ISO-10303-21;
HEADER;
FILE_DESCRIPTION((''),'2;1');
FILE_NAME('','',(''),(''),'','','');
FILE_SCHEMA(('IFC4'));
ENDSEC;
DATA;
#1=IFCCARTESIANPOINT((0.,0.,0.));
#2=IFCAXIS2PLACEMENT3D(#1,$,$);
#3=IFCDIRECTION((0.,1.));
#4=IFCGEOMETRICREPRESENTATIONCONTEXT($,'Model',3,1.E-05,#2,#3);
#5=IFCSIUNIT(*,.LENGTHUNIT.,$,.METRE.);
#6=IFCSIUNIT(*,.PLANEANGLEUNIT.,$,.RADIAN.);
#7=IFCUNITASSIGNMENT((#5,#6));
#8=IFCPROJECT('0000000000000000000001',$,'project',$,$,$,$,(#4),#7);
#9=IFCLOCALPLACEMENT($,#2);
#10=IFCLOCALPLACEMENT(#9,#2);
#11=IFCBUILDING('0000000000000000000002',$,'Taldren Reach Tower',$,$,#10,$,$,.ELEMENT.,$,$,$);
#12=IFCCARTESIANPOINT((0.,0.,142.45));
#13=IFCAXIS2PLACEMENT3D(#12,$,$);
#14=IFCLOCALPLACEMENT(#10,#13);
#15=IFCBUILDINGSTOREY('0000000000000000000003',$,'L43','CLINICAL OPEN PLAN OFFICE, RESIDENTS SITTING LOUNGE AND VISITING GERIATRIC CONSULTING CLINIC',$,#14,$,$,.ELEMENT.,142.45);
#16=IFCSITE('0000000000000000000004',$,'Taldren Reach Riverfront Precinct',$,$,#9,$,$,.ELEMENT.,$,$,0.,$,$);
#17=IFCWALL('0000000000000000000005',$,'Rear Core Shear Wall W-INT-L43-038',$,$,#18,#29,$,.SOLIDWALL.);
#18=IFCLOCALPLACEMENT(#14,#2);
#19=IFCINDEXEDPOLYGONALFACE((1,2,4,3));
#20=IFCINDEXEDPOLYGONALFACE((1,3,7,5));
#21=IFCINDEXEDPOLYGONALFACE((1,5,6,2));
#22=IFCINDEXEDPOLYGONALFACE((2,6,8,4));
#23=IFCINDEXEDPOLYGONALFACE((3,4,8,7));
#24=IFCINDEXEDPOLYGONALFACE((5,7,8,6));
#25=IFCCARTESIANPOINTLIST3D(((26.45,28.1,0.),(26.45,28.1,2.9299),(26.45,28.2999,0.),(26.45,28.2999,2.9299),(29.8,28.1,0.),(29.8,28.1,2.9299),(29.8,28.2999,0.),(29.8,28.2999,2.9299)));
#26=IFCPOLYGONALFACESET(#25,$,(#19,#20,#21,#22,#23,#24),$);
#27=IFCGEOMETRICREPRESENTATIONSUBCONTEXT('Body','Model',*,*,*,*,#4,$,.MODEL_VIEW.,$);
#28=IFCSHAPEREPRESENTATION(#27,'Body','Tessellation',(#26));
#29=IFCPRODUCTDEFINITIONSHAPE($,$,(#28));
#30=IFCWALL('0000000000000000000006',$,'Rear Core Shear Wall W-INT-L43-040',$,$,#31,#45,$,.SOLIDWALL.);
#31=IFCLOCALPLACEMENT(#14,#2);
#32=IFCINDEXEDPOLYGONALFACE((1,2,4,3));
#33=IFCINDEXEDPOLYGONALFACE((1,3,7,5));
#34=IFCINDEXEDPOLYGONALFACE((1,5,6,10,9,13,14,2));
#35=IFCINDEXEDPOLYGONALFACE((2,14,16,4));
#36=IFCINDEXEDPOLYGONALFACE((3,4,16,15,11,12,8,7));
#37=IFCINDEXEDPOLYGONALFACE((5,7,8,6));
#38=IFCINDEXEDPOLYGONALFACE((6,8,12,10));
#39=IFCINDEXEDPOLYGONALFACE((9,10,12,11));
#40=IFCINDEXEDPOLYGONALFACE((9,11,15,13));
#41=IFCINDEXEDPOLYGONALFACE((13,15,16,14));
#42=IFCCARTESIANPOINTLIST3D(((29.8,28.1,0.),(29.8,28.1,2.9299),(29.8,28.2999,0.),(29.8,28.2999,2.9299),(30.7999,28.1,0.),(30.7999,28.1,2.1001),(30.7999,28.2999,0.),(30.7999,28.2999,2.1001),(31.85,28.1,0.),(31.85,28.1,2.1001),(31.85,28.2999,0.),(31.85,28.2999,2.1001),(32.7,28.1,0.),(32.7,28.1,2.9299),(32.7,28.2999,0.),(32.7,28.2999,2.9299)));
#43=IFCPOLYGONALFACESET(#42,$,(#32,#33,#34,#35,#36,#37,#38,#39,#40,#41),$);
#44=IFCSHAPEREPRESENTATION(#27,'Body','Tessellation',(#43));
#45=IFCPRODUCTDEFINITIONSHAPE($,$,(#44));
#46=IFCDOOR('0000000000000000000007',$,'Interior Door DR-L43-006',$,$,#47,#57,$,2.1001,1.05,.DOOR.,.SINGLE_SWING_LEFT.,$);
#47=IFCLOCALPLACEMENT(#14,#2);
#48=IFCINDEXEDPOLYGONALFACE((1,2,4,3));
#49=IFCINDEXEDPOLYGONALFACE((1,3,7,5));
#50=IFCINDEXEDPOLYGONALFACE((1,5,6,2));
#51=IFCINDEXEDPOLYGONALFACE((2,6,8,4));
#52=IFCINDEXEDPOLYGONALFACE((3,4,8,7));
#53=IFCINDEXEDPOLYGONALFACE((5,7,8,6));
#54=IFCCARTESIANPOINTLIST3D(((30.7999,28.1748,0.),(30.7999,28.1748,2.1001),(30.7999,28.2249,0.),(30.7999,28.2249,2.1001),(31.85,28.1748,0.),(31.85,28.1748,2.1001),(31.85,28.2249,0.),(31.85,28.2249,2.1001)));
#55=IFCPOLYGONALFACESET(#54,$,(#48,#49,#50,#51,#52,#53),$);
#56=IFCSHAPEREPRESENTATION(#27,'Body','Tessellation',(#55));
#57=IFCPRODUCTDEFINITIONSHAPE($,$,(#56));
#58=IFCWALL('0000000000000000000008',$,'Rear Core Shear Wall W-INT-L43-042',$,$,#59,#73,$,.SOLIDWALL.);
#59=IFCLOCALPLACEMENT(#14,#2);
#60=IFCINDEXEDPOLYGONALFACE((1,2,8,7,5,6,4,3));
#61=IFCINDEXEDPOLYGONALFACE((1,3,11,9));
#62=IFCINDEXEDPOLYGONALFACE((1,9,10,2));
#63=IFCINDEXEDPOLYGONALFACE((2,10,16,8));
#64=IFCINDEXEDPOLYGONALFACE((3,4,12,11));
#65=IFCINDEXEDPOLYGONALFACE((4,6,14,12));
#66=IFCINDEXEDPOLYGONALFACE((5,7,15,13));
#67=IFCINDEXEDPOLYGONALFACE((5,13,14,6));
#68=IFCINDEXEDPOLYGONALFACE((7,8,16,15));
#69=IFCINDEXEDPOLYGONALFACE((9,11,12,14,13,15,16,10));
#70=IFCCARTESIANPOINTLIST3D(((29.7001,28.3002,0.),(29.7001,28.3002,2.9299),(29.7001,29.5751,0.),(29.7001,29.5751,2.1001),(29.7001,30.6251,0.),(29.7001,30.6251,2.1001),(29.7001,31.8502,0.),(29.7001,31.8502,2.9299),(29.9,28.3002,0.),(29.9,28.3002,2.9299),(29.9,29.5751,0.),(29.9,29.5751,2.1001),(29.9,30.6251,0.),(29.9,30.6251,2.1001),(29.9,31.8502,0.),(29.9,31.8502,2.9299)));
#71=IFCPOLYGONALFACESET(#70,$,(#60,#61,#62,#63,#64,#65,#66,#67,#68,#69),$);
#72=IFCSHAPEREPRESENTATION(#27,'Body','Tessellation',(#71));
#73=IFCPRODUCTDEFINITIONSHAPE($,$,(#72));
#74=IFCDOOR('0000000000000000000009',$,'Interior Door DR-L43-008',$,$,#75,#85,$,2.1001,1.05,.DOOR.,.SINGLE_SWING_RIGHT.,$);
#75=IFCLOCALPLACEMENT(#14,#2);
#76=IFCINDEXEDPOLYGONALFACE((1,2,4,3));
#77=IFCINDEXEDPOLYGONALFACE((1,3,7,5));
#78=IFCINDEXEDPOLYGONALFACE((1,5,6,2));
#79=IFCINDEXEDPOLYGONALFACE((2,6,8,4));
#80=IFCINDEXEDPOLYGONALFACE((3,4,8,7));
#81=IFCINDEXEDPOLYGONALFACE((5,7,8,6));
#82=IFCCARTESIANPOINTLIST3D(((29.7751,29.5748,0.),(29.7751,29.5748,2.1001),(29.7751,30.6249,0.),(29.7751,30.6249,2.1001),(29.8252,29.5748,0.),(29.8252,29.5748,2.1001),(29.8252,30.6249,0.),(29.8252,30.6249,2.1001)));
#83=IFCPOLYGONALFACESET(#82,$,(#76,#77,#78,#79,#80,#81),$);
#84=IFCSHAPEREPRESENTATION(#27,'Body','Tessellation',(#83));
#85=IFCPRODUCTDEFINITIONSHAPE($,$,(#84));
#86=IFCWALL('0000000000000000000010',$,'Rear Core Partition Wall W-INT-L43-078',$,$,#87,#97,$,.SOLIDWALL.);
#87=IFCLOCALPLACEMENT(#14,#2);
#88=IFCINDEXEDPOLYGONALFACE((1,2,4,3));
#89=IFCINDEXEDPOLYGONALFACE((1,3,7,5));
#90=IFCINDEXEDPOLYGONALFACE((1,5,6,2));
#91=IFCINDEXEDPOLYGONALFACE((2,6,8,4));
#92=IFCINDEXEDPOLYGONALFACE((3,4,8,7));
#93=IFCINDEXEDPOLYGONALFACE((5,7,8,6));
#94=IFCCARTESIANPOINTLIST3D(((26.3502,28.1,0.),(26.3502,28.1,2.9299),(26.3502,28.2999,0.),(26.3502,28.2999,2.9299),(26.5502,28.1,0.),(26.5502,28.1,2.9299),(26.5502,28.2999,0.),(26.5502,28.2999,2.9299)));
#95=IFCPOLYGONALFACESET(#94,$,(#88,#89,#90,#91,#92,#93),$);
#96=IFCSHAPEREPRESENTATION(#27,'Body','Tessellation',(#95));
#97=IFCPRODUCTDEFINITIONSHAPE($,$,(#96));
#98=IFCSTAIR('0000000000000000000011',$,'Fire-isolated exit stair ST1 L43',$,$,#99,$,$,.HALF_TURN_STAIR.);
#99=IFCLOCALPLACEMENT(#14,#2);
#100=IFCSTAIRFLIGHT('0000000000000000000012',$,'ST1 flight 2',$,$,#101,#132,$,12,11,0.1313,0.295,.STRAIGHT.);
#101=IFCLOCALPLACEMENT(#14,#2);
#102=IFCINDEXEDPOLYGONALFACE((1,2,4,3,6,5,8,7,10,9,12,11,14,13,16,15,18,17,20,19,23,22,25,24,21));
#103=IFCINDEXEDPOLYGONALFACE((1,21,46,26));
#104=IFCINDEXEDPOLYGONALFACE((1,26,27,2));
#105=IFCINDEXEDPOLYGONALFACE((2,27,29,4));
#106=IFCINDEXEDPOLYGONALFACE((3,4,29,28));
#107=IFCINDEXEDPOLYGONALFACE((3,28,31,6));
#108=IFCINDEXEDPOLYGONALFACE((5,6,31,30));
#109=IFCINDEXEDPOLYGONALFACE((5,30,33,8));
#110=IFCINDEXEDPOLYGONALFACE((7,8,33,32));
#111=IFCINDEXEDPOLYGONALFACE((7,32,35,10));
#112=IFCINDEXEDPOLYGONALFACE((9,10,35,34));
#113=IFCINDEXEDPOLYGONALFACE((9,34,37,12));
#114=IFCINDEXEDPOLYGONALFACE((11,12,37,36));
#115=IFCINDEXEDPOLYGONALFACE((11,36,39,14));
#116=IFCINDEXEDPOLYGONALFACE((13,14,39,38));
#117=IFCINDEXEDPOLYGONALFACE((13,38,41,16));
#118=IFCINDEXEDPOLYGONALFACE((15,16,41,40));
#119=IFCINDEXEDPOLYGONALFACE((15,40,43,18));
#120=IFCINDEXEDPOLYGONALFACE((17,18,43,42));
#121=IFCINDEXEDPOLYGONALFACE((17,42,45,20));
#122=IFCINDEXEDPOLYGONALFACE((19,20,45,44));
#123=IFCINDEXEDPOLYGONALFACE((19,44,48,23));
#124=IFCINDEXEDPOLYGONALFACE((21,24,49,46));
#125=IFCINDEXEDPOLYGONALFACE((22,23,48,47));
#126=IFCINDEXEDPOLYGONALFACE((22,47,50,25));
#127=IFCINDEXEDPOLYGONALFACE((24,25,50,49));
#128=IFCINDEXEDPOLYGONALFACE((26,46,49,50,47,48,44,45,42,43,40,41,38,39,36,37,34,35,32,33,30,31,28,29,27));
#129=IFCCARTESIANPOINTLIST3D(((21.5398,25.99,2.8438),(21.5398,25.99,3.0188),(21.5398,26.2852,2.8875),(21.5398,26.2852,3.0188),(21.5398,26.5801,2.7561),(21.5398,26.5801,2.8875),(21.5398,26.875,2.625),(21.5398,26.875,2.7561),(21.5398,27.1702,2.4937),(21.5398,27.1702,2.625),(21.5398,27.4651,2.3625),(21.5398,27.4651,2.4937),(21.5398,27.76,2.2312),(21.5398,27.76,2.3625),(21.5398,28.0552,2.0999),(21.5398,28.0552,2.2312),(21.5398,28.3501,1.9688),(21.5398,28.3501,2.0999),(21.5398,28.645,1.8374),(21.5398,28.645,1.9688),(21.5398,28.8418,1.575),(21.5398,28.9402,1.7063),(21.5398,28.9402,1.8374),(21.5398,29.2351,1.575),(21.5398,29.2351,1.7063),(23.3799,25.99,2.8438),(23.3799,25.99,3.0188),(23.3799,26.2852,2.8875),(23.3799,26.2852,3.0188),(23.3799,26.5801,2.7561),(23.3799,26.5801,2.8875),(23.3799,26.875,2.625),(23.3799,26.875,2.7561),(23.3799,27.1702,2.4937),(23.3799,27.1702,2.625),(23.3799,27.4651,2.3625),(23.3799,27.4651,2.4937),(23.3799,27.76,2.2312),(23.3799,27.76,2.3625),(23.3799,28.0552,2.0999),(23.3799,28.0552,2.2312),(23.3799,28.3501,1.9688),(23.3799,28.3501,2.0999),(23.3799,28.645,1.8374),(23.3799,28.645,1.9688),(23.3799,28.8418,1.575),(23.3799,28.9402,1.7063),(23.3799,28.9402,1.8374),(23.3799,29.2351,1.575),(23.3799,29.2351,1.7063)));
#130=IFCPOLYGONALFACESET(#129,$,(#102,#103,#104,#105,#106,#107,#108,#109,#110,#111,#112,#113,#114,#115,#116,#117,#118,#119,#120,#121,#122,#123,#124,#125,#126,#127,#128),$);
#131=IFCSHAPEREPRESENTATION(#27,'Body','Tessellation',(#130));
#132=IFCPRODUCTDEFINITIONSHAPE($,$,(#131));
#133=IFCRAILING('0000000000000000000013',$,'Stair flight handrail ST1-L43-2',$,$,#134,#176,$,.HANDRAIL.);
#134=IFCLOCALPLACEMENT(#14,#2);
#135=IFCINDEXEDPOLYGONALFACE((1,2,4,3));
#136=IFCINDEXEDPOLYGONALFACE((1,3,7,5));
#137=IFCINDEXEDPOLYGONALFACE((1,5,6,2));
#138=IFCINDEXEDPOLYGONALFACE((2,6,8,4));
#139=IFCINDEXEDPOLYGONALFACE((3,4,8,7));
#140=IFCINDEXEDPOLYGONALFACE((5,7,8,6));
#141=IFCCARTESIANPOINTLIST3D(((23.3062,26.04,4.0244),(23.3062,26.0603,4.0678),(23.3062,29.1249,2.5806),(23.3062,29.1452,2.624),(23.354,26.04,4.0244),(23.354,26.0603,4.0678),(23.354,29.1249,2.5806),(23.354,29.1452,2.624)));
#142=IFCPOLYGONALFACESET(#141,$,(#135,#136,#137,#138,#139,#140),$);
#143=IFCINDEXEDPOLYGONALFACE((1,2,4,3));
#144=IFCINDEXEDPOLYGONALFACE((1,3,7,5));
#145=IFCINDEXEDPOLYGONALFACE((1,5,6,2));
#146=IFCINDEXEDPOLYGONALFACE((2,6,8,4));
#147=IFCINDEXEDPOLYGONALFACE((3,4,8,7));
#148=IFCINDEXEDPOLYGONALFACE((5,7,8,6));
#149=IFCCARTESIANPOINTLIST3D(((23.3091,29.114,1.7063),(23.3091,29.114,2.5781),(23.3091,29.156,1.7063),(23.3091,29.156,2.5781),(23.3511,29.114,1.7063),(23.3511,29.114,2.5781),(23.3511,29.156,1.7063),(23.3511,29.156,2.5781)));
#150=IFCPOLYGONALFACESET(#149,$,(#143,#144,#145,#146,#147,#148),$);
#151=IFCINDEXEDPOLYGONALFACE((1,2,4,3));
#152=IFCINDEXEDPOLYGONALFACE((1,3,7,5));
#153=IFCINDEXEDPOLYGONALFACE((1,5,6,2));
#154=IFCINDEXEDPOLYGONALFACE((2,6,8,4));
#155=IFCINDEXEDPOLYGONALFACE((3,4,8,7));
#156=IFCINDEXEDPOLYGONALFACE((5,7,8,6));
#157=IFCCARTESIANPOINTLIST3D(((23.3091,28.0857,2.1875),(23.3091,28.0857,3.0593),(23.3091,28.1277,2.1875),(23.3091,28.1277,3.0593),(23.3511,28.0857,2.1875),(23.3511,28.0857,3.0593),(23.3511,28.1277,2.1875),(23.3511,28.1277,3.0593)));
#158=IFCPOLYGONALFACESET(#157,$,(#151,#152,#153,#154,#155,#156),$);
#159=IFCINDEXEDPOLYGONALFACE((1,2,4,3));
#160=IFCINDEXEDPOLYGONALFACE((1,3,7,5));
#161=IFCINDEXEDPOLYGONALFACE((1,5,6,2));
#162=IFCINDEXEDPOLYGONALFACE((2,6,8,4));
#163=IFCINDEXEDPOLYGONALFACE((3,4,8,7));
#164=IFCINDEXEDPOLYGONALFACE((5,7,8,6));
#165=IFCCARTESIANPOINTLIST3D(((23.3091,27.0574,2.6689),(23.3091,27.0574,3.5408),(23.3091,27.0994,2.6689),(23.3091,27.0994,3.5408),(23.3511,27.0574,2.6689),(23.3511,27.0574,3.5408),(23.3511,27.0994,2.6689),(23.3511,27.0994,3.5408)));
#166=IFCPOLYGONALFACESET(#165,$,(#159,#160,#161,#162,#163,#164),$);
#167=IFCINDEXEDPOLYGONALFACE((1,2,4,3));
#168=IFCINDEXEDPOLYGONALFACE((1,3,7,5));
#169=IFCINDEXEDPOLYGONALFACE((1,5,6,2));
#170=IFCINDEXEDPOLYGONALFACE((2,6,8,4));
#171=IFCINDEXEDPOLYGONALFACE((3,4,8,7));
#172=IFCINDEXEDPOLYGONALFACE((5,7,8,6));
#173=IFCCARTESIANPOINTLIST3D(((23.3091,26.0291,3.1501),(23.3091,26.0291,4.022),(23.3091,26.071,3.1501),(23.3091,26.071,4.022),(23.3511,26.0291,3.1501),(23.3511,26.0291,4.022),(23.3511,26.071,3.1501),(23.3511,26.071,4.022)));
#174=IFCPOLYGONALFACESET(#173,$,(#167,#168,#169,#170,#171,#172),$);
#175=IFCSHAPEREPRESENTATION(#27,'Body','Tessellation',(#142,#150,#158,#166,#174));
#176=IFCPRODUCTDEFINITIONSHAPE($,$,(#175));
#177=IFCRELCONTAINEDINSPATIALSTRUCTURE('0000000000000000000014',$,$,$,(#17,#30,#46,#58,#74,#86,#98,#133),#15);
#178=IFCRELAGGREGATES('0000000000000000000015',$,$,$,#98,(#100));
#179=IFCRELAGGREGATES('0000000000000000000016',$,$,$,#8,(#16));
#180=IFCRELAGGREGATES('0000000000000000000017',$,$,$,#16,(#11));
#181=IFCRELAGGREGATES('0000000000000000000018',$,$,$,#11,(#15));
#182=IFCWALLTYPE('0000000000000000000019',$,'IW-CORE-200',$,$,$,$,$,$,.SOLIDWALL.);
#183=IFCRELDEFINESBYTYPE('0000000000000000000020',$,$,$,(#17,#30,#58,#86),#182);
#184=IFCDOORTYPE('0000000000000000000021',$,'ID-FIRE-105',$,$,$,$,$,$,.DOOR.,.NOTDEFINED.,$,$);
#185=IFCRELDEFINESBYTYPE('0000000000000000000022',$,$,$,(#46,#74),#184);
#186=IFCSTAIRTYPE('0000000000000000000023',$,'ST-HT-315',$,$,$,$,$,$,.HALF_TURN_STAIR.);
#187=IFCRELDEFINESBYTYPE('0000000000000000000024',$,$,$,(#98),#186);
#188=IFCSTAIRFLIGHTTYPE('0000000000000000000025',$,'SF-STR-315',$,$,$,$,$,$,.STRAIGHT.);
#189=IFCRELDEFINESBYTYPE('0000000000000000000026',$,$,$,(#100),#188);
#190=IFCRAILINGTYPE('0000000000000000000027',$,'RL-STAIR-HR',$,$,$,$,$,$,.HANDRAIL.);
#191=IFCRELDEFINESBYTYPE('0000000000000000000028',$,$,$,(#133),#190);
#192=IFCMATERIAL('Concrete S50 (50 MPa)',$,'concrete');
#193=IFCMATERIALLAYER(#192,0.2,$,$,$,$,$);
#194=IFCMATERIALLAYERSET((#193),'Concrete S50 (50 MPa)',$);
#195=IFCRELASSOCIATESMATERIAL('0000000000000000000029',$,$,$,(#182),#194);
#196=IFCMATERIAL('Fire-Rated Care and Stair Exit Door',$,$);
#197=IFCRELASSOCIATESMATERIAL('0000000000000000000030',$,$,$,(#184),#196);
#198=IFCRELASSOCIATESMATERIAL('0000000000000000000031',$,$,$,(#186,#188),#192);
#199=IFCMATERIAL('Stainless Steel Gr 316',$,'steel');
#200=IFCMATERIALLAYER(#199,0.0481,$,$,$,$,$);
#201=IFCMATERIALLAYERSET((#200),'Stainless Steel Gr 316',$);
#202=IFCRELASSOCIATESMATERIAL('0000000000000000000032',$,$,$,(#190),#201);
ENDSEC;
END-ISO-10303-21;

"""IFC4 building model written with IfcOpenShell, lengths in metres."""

from ifc_helpers import new_model, si_unit, direction, frame, frame_2d, origin, origin_2d, place, context, subcontext, project, spatial, polyline, rectangle, outline, extrude, source, transform, mapped, material, layer, layer_set, type_object, element, fill, aggregate, save


model = new_model("IFC4")

# Units and contexts
model_context = context("Model", 3, precision=1e-05, world=origin(), true_north=direction((0.0, 1.0)))
body_context = subcontext(model_context, "Body", "Model", "MODEL_VIEW")
ifc_project = project(units=[si_unit("LENGTHUNIT", "METRE"), si_unit("PLANEANGLEUNIT", "RADIAN")], contexts=[model_context])

# Site, building, storey
site_placement = place(None, origin())
site = spatial("IfcSite", under=ifc_project, at=site_placement, Name="Taldren Reach Riverfront Precinct", CompositionType="ELEMENT", RefElevation=0.0)
building_placement = place(site_placement, origin())
building = spatial("IfcBuilding", under=site, at=building_placement, Name="Taldren Reach Tower", CompositionType="ELEMENT")
storey_placement = place(building_placement, frame((0.0, 0.0, 142.45)))
storey = spatial("IfcBuildingStorey", under=building, at=storey_placement, Name="L43", Description="CLINICAL OPEN PLAN OFFICE, RESIDENTS SITTING LOUNGE AND VISITING GERIATRIC CONSULTING CLINIC", CompositionType="ELEMENT", Elevation=142.45)

# Wall
ifc_material_1 = material(Name="Concrete S50 (50 MPa)", Category="concrete")
ifc_layer_1 = layer(ifc_material_1, 0.2)
ifc_layer_set_1 = layer_set([ifc_layer_1], Name="Concrete S50 (50 MPa)")
wall_type_1 = type_object("IfcWallType", Name="IW-CORE-200", PredefinedType="SOLIDWALL", material=ifc_layer_set_1)
shared_shape_1 = source(origin(), body_context, "Body", "SweptSolid", [
    extrude(rectangle(XDim=3.3501, YDim=0.2, at=frame_2d((1.675, 0.0))), origin(), (0.0, 0.0, 1.0), 2.9299),
])
wall_1_placement = place(storey_placement, frame((26.45, 28.2, 0.0), z_axis=(0.0, 0.0, 1.0), x_axis=(1.0, 0.0, 0.0)))
element("IfcWall", 1, at=wall_1_placement, inside=storey, type_object=wall_type_1, Name="Rear Core Shear Wall W-INT-L43-038", PredefinedType="SOLIDWALL", context=body_context, shape_type="MappedRepresentation", body=[
    mapped(shared_shape_1, transform((0.0, 0.0, 0.0), scale=1.0)),
])

# Walls, openings, doors
shared_shape_2 = source(origin(), body_context, "Body", "SweptSolid", [
    extrude(rectangle(XDim=2.8999, YDim=0.2, at=frame_2d((1.45, 0.0))), origin(), (0.0, 0.0, 1.0), 2.9299),
])
wall_2_placement = place(storey_placement, frame((29.8, 28.2, 0.0), z_axis=(0.0, 0.0, 1.0), x_axis=(1.0, 0.0, 0.0)))
wall_2 = element("IfcWall", 2, at=wall_2_placement, inside=storey, type_object=wall_type_1, Name="Rear Core Shear Wall W-INT-L43-040", PredefinedType="SOLIDWALL", context=body_context, shape_type="MappedRepresentation", body=[
    mapped(shared_shape_2, transform((0.0, 0.0, 0.0), scale=1.0)),
])
shared_shape_3 = source(origin(), body_context, "Body", "SweptSolid", [
    extrude(rectangle(XDim=1.05, YDim=2.1001, at=frame_2d((0.5249, 1.05))), frame((0.0, 0.1099, 0.0), z_axis=(0.0, -1.0, 0.0), x_axis=(1.0, 0.0, 0.0)), (0.0, 0.0, 1.0), 0.22),
])
opening_1_placement = place(wall_2_placement, frame((1.0, 0.0, 0.0)))
opening_1 = element("IfcOpeningElement", 3, at=opening_1_placement, cuts=wall_2, PredefinedType="OPENING", context=body_context, shape_type="MappedRepresentation", body=[
    mapped(shared_shape_3, transform((0.0, 0.0, 0.0), scale=1.0)),
])
ifc_material_2 = material(Name="Fire-Rated Care and Stair Exit Door")
door_type_1 = type_object("IfcDoorType", Name="ID-FIRE-105", OperationType="NOTDEFINED", PredefinedType="DOOR", material=ifc_material_2)
shared_shape_4 = source(origin(), body_context, "Body", "SweptSolid", [
    extrude(rectangle(XDim=1.05, YDim=2.1001, at=frame_2d((0.5249, 1.05))), frame((0.0, 0.0249, 0.0), z_axis=(0.0, -1.0, 0.0), x_axis=(1.0, 0.0, 0.0)), (0.0, 0.0, 1.0), 0.05),
])
door_1_placement = place(opening_1_placement, origin())
door_1 = element("IfcDoor", 4, at=door_1_placement, inside=storey, type_object=door_type_1, Name="Interior Door DR-L43-006", OperationType="SINGLE_SWING_LEFT", OverallHeight=2.1001, OverallWidth=1.05, PredefinedType="DOOR", context=body_context, shape_type="MappedRepresentation", body=[
    mapped(shared_shape_4, transform((0.0, 0.0, 0.0), scale=1.0)),
])
fill(opening_1, door_1)
shared_shape_5 = source(origin(), body_context, "Body", "SweptSolid", [
    extrude(rectangle(XDim=3.55, YDim=0.2, at=frame_2d((1.7749, 0.0))), origin(), (0.0, 0.0, 1.0), 2.9299),
])
wall_3_placement = place(storey_placement, frame((29.8, 31.8501, 0.0), z_axis=(0.0, 0.0, 1.0), x_axis=(0.0, -1.0, 0.0)))
wall_3 = element("IfcWall", 5, at=wall_3_placement, inside=storey, type_object=wall_type_1, Name="Rear Core Shear Wall W-INT-L43-042", PredefinedType="SOLIDWALL", context=body_context, shape_type="MappedRepresentation", body=[
    mapped(shared_shape_5, transform((0.0, 0.0, 0.0), scale=1.0)),
])
opening_2_placement = place(wall_3_placement, frame((1.2251, 0.0, 0.0)))
opening_2 = element("IfcOpeningElement", 6, at=opening_2_placement, cuts=wall_3, PredefinedType="OPENING", context=body_context, shape_type="MappedRepresentation", body=[
    mapped(shared_shape_3, transform((0.0, 0.0, 0.0), scale=1.0)),
])
door_2_placement = place(opening_2_placement, frame((1.05, 0.0, 0.0), z_axis=(0.0, 0.0, 1.0), x_axis=(-1.0, 0.0, 0.0)))
door_2 = element("IfcDoor", 7, at=door_2_placement, inside=storey, type_object=door_type_1, Name="Interior Door DR-L43-008", OperationType="SINGLE_SWING_RIGHT", OverallHeight=2.1001, OverallWidth=1.05, PredefinedType="DOOR", context=body_context, shape_type="MappedRepresentation", body=[
    mapped(shared_shape_4, transform((0.0, 0.0, 0.0), scale=1.0)),
])
fill(opening_2, door_2)

# Wall
shared_shape_6 = source(origin(), body_context, "Body", "SweptSolid", [
    extrude(rectangle(XDim=0.2, YDim=0.2, at=frame_2d((0.1001, 0.0))), origin(), (0.0, 0.0, 1.0), 2.9299),
])
wall_4_placement = place(storey_placement, frame((26.3501, 28.2, 0.0), z_axis=(0.0, 0.0, 1.0), x_axis=(1.0, 0.0, 0.0)))
element("IfcWall", 8, at=wall_4_placement, inside=storey, type_object=wall_type_1, Name="Rear Core Partition Wall W-INT-L43-078", PredefinedType="SOLIDWALL", context=body_context, shape_type="MappedRepresentation", body=[
    mapped(shared_shape_6, transform((0.0, 0.0, 0.0), scale=1.0)),
])

# Stair, stair flight
stair_type = type_object("IfcStairType", Name="ST-HT-315", PredefinedType="HALF_TURN_STAIR", material=ifc_material_1)
stair_placement = place(storey_placement, origin())
stair = element("IfcStair", 9, at=stair_placement, inside=storey, type_object=stair_type, Name="Fire-isolated exit stair ST1 L43", PredefinedType="HALF_TURN_STAIR")
stair_flight_type = type_object("IfcStairFlightType", Name="SF-STR-315", PredefinedType="STRAIGHT", material=ifc_material_1)
stair_flight_placement = place(storey_placement, frame((22.46, 29.2351, 1.575), z_axis=(0.0, 0.0, 1.0), x_axis=(0.0, -1.0, 0.0)))
stair_flight = element("IfcStairFlight", 10, at=stair_flight_placement, type_object=stair_flight_type, Name="ST1 flight 2", NumberOfRisers=12, NumberOfTreads=11, PredefinedType="STRAIGHT", RiserHeight=0.1313, TreadLength=0.295, context=body_context, shape_type="SweptSolid", body=[
    extrude(outline(polyline([(0.0, 0.0), (0.0, 0.1313), (0.2949, 0.1313), (0.2949, 0.2625), (0.5901, 0.2625), (0.5901, 0.3938), (0.885, 0.3938), (0.885, 0.5249), (1.1799, 0.5249), (1.1799, 0.6562), (1.4751, 0.6562), (1.4751, 0.7876), (1.77, 0.7876), (1.77, 0.9187), (2.0649, 0.9187), (2.0649, 1.05), (2.3601, 1.05), (2.3601, 1.1812), (2.655, 1.1812), (2.655, 1.3125), (2.95, 1.3125), (2.95, 1.4438), (3.2451, 1.4438), (3.2451, 1.575), (3.2451, 1.2688), (0.3933, 0.0), (0.0, 0.0)])), frame((0.0, 0.9199, 0.0), z_axis=(0.0, -1.0, 0.0), x_axis=(1.0, 0.0, 0.0)), (0.0, 0.0, 1.0), 1.8401),
])
aggregate(stair, [stair_flight])

# Railing
ifc_material_3 = material(Name="Stainless Steel Gr 316", Category="steel")
ifc_layer_2 = layer(ifc_material_3, 0.0481)
ifc_layer_set_2 = layer_set([ifc_layer_2], Name="Stainless Steel Gr 316")
railing_type = type_object("IfcRailingType", Name="RL-STAIR-HR", PredefinedType="HANDRAIL", material=ifc_layer_set_2)
railing_placement = place(storey_placement, frame((23.3301, 29.135, 1.7063)))
element("IfcRailing", 11, at=railing_placement, inside=storey, type_object=railing_type, Name="Stair flight handrail ST1-L43-2", PredefinedType="HANDRAIL", context=body_context, shape_type="SweptSolid", body=[
    extrude(rectangle(XDim=0.0479, YDim=0.0479, at=origin_2d()), frame((0.0, 0.0, 0.896), z_axis=(0.0, -0.90571, 0.423898), x_axis=(1.0, 0.0, 0.0)), (0.0, 0.0, 1.0), 3.406),
    extrude(rectangle(XDim=0.042, YDim=0.042, at=origin_2d()), origin(), (0.0, 0.0, 1.0), 0.8718),
    extrude(rectangle(XDim=0.042, YDim=0.042, at=origin_2d()), frame((0.0, -1.0283, 0.4812)), (0.0, 0.0, 1.0), 0.8718),
    extrude(rectangle(XDim=0.042, YDim=0.042, at=origin_2d()), frame((0.0, -2.0566, 0.9626)), (0.0, 0.0, 1.0), 0.8718),
    extrude(rectangle(XDim=0.042, YDim=0.042, at=origin_2d()), frame((0.0, -3.085, 1.4438)), (0.0, 0.0, 1.0), 0.8718),
])

save(model, "model.ifc")
